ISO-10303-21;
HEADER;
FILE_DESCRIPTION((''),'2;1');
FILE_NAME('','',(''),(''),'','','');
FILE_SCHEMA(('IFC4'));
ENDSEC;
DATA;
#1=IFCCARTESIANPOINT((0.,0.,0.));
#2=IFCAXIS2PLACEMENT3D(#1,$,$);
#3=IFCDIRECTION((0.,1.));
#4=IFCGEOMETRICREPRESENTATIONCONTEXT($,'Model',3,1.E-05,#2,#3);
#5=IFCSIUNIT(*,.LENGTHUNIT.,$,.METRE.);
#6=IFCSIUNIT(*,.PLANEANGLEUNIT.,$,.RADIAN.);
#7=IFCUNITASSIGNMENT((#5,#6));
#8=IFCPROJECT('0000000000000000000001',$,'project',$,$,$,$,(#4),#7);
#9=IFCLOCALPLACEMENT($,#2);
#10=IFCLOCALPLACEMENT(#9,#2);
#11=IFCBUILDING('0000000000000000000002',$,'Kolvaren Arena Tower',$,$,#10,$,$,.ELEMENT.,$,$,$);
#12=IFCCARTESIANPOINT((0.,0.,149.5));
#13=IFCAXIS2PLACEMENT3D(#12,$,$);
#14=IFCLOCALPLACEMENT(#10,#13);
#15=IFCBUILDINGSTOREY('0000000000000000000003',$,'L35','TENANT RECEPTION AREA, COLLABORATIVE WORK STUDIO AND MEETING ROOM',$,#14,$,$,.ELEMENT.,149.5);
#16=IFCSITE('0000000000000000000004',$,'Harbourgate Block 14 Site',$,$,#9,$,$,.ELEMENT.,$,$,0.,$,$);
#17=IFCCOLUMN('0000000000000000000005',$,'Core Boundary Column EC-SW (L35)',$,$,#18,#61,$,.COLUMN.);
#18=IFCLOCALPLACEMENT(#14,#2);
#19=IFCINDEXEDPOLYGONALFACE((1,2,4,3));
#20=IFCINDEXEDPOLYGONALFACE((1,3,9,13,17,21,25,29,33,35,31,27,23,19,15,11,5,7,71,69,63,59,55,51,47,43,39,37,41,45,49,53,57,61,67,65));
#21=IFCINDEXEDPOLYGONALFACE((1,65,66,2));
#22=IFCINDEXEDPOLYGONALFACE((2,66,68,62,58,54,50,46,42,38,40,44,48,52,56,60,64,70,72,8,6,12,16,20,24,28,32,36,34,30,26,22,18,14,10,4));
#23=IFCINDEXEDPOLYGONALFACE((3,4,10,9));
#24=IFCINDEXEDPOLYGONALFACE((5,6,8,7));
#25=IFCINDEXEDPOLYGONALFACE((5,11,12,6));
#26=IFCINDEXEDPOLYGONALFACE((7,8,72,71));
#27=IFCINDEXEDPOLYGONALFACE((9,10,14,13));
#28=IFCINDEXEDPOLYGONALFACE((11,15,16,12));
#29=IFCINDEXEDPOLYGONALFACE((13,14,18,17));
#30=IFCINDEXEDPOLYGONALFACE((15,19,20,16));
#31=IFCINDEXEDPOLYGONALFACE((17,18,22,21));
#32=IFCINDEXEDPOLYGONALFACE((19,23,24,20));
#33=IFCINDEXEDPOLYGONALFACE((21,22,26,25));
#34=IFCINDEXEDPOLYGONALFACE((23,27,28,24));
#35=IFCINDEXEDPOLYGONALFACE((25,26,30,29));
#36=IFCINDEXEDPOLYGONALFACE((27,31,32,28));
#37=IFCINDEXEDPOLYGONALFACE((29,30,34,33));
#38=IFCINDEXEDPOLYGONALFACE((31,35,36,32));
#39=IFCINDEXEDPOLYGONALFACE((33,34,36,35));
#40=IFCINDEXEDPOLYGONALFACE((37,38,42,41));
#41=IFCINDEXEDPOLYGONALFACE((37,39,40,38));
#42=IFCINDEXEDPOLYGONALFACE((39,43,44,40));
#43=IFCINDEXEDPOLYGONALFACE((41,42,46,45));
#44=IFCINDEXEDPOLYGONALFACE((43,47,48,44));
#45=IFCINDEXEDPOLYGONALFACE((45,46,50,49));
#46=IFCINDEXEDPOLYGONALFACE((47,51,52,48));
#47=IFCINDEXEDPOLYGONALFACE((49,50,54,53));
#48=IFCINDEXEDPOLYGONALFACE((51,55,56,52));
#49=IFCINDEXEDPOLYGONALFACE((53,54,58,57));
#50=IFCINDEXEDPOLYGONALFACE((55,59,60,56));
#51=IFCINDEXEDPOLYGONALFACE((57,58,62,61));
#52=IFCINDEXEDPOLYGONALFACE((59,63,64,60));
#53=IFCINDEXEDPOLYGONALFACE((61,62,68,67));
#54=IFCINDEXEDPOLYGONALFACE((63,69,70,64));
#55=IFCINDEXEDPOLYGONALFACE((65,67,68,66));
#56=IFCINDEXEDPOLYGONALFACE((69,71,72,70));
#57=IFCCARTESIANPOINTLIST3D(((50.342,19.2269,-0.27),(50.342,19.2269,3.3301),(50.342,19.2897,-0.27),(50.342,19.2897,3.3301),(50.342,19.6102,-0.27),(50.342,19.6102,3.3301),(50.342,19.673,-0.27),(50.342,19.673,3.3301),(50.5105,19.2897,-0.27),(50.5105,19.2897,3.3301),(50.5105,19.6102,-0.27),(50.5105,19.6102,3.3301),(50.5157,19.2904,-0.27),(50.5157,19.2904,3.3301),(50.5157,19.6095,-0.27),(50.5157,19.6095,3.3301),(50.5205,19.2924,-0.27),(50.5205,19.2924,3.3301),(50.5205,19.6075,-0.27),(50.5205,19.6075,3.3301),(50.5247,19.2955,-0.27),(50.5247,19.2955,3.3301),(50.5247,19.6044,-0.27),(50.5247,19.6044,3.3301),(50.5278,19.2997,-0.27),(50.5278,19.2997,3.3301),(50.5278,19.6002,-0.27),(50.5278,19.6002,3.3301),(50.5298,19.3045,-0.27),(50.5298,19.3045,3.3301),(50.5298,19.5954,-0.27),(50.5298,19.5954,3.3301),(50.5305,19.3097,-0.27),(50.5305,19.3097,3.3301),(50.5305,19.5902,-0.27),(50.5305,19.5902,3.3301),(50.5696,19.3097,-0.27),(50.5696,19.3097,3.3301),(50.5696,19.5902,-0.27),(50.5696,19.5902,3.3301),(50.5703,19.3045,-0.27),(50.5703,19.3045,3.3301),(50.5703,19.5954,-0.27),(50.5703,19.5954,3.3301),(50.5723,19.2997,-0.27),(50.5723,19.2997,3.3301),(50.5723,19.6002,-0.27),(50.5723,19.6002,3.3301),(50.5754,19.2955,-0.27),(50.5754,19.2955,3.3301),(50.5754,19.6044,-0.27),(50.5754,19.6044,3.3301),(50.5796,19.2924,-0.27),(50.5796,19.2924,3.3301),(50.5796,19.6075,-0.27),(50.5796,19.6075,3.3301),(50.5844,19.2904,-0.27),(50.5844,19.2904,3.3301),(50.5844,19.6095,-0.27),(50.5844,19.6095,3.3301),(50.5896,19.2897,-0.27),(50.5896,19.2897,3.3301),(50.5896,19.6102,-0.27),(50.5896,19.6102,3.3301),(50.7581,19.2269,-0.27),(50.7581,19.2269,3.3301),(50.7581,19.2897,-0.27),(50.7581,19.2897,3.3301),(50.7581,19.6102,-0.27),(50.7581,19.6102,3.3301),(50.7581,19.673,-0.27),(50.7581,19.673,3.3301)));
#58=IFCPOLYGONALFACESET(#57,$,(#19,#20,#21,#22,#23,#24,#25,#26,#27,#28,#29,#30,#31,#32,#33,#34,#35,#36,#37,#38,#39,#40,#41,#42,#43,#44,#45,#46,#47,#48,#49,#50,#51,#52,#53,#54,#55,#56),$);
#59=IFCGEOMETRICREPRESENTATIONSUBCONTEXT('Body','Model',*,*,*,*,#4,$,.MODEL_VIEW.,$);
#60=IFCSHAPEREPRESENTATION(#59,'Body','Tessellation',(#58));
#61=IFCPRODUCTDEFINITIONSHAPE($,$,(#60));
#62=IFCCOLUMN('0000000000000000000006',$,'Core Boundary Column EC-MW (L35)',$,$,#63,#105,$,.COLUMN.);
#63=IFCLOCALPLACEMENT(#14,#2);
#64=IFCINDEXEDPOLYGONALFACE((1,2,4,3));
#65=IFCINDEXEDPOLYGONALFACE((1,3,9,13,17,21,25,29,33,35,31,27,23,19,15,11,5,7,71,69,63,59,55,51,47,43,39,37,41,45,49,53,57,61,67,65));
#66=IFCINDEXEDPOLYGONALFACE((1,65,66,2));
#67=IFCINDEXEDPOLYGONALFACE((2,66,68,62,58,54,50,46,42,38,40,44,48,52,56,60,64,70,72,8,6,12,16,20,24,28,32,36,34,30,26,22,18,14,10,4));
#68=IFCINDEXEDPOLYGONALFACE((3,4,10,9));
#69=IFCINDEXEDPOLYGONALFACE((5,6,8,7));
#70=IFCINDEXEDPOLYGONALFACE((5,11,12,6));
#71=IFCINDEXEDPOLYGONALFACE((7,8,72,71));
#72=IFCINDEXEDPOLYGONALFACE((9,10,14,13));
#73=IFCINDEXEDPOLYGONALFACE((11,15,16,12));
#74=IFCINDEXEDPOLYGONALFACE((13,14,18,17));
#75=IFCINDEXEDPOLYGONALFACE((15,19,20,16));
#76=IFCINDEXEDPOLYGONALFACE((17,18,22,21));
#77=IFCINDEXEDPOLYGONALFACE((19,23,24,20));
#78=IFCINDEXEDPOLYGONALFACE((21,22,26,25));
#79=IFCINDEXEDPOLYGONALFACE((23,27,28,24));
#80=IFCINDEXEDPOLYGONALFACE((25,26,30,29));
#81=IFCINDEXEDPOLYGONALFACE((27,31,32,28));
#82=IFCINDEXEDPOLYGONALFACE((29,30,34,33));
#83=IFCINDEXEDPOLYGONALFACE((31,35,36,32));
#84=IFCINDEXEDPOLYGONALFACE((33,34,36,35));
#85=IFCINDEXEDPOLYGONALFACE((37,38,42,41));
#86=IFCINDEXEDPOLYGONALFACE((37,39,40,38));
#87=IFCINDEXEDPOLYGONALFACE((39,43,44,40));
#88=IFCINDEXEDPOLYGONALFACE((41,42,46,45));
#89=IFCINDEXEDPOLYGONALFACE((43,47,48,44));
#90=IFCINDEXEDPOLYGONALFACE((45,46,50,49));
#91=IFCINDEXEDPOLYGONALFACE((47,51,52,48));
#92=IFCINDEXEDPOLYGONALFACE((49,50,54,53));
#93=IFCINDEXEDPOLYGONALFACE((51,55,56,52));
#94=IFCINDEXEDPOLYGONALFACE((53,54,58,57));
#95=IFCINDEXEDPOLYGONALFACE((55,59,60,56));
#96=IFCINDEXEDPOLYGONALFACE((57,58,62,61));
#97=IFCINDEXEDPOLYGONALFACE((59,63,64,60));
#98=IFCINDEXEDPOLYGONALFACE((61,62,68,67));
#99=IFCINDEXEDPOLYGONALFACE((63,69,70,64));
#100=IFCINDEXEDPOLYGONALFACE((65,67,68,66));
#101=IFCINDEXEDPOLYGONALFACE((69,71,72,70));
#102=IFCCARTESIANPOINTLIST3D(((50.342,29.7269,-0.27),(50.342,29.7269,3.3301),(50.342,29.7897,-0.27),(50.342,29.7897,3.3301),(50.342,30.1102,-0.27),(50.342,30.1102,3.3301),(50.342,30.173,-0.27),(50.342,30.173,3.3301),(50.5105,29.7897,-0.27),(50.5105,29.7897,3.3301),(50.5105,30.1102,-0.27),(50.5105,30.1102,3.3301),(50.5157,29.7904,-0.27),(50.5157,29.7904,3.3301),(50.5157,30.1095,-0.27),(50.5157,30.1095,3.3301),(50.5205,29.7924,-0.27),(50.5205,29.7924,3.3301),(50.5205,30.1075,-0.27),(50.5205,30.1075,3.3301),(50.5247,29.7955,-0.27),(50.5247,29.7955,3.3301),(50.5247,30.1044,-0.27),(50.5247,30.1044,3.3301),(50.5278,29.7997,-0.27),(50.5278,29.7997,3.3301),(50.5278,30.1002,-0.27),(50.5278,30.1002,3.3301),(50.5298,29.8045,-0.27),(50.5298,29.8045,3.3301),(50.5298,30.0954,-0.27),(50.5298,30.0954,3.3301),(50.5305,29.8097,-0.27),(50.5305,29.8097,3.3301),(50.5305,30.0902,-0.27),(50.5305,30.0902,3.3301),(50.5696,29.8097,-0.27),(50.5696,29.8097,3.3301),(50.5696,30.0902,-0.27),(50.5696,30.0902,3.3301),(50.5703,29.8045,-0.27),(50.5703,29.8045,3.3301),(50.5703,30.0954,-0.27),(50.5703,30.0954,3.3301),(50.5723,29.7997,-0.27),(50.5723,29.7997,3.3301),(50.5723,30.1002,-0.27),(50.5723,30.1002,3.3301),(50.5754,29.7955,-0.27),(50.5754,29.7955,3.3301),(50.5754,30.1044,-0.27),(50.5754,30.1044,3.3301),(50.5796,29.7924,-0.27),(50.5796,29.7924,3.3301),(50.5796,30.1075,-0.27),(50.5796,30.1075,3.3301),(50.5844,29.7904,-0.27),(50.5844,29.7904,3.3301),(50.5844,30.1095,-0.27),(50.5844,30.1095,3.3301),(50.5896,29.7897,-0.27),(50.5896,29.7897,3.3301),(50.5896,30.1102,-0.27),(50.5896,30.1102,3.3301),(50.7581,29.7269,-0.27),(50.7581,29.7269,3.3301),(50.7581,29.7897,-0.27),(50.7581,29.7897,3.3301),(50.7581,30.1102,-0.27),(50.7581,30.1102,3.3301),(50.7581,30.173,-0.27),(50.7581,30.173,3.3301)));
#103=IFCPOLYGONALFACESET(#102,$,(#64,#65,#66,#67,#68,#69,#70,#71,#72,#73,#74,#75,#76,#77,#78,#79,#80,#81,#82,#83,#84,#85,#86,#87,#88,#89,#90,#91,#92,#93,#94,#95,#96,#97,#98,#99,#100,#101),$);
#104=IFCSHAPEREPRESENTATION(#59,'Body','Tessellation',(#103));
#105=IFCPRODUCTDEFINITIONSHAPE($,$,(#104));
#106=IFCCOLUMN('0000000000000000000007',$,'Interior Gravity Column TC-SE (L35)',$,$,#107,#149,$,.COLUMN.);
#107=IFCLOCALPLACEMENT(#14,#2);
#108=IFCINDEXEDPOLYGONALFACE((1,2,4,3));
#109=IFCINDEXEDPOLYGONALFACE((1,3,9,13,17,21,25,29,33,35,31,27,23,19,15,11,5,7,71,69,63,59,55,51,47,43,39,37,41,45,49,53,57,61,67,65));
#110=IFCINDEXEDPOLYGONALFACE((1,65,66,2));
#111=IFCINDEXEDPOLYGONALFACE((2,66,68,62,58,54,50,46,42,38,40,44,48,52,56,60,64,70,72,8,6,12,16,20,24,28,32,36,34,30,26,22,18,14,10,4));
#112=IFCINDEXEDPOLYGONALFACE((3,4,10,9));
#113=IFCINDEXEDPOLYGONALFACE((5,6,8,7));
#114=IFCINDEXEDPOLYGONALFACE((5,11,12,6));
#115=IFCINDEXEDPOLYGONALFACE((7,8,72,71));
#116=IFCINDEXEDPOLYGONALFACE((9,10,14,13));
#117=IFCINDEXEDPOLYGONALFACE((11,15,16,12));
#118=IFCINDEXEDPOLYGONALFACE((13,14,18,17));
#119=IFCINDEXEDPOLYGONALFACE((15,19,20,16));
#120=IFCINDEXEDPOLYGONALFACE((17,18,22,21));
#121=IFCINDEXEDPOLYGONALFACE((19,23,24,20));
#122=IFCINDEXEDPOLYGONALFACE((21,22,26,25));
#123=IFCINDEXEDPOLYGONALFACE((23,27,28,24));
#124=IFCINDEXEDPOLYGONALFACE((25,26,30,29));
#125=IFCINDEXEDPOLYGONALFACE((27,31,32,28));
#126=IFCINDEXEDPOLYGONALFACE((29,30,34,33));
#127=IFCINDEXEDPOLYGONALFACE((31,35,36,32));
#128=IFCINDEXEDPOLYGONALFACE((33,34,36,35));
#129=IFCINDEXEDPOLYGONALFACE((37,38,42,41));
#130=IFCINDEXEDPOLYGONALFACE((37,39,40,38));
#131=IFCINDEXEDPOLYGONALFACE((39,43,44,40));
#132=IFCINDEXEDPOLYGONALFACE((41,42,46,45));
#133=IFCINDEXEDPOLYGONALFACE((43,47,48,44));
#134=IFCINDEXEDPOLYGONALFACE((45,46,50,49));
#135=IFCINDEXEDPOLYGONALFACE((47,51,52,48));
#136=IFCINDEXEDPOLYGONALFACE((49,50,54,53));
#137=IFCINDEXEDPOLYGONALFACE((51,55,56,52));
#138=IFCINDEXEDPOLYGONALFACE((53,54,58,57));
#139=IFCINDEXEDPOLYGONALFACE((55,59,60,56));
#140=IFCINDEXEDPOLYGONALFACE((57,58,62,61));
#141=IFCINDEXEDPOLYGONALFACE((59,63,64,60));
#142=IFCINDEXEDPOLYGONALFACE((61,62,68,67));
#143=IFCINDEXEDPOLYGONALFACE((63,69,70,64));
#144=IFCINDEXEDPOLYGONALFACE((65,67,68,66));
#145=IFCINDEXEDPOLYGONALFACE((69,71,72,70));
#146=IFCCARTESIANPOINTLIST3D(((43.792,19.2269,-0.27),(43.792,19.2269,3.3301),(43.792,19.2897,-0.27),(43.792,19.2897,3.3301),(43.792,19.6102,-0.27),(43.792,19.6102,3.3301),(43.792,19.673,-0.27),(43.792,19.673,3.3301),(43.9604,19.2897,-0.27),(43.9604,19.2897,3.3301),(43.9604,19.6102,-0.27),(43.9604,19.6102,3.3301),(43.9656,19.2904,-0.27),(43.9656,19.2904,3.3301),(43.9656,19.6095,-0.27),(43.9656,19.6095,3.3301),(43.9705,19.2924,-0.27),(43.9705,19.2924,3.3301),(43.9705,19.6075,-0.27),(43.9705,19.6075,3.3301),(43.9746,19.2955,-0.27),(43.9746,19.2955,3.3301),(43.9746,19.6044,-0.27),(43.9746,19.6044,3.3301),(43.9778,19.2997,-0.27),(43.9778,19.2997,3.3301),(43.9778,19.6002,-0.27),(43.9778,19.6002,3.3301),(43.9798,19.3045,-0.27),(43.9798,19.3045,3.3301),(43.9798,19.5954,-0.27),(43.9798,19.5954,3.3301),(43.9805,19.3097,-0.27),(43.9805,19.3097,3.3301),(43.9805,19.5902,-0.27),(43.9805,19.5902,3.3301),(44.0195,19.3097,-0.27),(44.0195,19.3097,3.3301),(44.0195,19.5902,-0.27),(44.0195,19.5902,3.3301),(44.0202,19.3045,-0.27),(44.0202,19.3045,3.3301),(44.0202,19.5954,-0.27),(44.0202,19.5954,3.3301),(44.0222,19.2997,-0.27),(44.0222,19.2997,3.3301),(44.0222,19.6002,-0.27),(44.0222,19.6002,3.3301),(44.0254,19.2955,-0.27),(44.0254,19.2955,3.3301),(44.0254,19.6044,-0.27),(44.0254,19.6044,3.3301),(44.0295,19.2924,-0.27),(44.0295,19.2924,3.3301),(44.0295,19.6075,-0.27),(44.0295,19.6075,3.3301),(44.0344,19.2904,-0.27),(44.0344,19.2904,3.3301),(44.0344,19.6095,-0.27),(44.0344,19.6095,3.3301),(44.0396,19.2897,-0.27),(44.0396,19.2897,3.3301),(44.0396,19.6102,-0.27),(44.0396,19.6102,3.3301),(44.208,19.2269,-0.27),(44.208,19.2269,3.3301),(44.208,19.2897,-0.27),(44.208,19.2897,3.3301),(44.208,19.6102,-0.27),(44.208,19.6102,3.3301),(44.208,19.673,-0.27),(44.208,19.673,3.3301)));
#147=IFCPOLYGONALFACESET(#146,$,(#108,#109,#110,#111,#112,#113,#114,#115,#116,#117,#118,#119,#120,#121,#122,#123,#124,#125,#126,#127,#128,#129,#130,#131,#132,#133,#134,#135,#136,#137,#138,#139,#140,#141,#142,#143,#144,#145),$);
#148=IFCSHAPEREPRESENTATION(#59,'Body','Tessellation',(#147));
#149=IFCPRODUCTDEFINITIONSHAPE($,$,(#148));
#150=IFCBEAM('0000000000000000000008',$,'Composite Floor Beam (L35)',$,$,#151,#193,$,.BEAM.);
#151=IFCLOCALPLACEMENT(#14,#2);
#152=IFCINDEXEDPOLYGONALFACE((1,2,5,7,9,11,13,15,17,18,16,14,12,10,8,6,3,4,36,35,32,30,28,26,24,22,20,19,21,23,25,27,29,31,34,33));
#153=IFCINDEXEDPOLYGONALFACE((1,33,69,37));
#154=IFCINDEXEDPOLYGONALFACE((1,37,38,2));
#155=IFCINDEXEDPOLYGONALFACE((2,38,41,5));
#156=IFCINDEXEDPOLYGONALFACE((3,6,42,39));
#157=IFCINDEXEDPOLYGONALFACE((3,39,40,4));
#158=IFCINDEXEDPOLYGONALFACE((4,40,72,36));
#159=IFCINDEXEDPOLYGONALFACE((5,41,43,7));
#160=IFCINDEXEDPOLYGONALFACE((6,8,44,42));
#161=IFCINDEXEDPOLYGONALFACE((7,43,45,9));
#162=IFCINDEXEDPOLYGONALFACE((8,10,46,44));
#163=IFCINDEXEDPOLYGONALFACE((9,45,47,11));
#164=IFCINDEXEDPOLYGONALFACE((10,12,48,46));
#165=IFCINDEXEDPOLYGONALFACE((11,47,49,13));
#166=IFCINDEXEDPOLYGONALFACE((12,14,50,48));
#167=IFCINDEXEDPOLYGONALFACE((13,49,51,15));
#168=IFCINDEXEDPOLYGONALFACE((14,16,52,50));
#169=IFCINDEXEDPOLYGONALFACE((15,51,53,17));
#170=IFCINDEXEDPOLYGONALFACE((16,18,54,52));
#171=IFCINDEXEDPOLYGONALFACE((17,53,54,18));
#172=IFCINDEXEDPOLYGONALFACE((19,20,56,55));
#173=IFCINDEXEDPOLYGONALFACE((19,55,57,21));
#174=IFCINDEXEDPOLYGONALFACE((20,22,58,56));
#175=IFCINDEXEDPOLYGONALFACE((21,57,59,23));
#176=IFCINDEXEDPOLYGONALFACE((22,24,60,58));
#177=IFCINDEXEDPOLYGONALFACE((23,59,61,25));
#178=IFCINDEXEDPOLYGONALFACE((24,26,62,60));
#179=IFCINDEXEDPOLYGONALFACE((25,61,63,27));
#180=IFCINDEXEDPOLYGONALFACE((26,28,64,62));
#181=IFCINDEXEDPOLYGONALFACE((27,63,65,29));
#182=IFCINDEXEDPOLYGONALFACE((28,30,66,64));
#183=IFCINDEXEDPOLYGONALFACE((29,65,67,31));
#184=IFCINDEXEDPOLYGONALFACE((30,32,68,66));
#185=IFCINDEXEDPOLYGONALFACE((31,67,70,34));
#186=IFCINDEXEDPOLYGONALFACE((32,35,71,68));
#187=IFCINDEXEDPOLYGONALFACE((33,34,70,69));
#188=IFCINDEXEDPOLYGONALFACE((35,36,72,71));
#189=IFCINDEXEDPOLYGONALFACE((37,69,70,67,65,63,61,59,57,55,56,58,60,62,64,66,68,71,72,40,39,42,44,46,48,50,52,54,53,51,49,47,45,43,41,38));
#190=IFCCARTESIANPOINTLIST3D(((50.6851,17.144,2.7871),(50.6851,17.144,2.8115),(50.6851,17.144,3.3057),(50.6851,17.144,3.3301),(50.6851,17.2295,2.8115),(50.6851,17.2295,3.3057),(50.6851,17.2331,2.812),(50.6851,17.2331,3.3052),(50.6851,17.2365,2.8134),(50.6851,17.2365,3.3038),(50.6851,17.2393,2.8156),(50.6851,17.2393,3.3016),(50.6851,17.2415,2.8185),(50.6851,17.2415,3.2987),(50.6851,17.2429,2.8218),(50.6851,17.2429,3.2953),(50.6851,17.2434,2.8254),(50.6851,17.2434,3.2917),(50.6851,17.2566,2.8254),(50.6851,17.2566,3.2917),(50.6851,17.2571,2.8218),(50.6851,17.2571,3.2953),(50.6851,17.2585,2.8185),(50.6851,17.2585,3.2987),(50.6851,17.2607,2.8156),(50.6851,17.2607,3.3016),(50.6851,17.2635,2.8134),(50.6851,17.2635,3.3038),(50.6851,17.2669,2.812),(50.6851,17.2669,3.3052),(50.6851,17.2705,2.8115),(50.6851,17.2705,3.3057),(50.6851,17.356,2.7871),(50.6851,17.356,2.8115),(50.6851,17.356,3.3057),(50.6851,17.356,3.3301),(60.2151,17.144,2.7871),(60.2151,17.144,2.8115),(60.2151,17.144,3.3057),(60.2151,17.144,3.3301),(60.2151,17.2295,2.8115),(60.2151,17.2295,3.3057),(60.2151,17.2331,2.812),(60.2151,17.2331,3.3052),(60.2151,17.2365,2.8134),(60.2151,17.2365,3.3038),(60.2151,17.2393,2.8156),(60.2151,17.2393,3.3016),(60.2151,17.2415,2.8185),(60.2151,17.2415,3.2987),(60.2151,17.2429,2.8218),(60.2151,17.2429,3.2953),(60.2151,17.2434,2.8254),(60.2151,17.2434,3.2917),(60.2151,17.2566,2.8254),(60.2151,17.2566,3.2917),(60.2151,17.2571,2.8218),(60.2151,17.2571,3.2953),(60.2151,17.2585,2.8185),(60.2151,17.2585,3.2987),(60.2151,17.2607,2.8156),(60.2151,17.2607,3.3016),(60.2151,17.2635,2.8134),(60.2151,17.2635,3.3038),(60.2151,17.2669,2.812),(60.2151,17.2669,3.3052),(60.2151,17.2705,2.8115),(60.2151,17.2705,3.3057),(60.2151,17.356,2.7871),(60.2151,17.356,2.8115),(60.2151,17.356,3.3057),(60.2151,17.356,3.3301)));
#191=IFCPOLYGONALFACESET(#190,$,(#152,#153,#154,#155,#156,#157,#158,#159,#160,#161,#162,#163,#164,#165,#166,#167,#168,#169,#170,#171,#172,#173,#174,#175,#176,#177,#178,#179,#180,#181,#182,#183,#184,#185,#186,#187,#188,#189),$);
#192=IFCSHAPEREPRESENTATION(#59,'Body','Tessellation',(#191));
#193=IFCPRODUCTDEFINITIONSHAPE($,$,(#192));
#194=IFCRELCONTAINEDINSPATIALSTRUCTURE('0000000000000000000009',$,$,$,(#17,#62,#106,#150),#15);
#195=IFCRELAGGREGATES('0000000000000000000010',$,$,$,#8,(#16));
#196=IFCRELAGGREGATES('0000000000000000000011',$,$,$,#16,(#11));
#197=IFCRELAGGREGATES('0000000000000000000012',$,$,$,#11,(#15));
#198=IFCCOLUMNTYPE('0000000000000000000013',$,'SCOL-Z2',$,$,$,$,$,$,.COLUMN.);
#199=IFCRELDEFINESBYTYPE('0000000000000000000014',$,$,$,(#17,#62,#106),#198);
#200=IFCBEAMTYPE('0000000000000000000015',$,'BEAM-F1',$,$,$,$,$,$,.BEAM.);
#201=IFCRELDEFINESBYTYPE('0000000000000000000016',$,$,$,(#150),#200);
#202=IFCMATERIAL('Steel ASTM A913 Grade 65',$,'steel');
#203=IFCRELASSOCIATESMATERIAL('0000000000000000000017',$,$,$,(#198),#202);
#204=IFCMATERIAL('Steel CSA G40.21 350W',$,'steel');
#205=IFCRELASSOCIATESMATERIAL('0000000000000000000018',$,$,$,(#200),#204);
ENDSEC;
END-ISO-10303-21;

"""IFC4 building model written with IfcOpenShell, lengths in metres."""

from ifc_helpers import new_model, si_unit, direction, frame, origin, origin_2d, place, context, subcontext, project, spatial, i_section, extrude, material, material_profile, profile_set, type_object, element, save


model = new_model("IFC4")

# Units and contexts
model_context = context("Model", 3, precision=1e-05, world=origin(), true_north=direction((0.0, 1.0)))
body_context = subcontext(model_context, "Body", "Model", "MODEL_VIEW")
ifc_project = project(units=[si_unit("LENGTHUNIT", "METRE"), si_unit("PLANEANGLEUNIT", "RADIAN")], contexts=[model_context])

# Site, building, storey
site_placement = place(None, origin())
site = spatial("IfcSite", under=ifc_project, at=site_placement, Name="Harbourgate Block 14 Site", CompositionType="ELEMENT", RefElevation=0.0)
building_placement = place(site_placement, origin())
building = spatial("IfcBuilding", under=site, at=building_placement, Name="Kolvaren Arena Tower", CompositionType="ELEMENT")
storey_placement = place(building_placement, frame((0.0, 0.0, 149.5)))
storey = spatial("IfcBuildingStorey", under=building, at=storey_placement, Name="L35", Description="TENANT RECEPTION AREA, COLLABORATIVE WORK STUDIO AND MEETING ROOM", CompositionType="ELEMENT", Elevation=149.5)

# Columns
ifc_material_1 = material(Name="Steel ASTM A913 Grade 65", Category="steel")
ifc_material_profile_1 = material_profile(ifc_material_1, i_section(OverallWidth=0.416, OverallDepth=0.446, WebThickness=0.0391, FlangeThickness=0.0627, FilletRadius=0.02, at=origin_2d()), Name="W360x509")
ifc_profile_set_1 = profile_set([ifc_material_profile_1], Name="Steel ASTM A913 Grade 65")
column_type = type_object("IfcColumnType", Name="SCOL-Z2", PredefinedType="COLUMN", material=ifc_profile_set_1)
for number, where, z_axis, x_axis, name in (
    (1, (50.55, 19.45, -0.27), (0.0, 0.0, 1.0), (1.0, 0.0, 0.0), "Core Boundary Column EC-SW (L35)"),
    (2, (50.55, 29.95, -0.27), (0.0, 0.0, 1.0), (1.0, 0.0, 0.0), "Core Boundary Column EC-MW (L35)"),
    (3, (44.0, 19.45, -0.27), (0.0, 0.0, 1.0), (1.0, 0.0, 0.0), "Interior Gravity Column TC-SE (L35)"),
):
    element("IfcColumn", number, at=place(storey_placement, frame(where, z_axis=z_axis, x_axis=x_axis)), inside=storey, type_object=column_type, Name=name, PredefinedType="COLUMN", context=body_context, shape_type="SweptSolid", body=[
        extrude(i_section(OverallWidth=0.416, OverallDepth=0.446, WebThickness=0.0391, FlangeThickness=0.0627, FilletRadius=0.02, at=origin_2d()), origin(), (0.0, 0.0, 1.0), 3.6001),
    ])

# Beam
ifc_material_2 = material(Name="Steel CSA G40.21 350W", Category="steel")
ifc_material_profile_2 = material_profile(ifc_material_2, i_section(OverallWidth=0.2119, OverallDepth=0.543, WebThickness=0.0132, FlangeThickness=0.0244, FilletRadius=0.0139, at=origin_2d()), Name="W530x150")
ifc_profile_set_2 = profile_set([ifc_material_profile_2], Name="Steel CSA G40.21 350W")
beam_type_1 = type_object("IfcBeamType", Name="BEAM-F1", PredefinedType="BEAM", material=ifc_profile_set_2)
beam_1_placement = place(storey_placement, frame((50.6851, 17.25, 3.0586), z_axis=(1.0, 0.0, 0.0), x_axis=(0.0, 1.0, 0.0)))
element("IfcBeam", 4, at=beam_1_placement, inside=storey, type_object=beam_type_1, Name="Composite Floor Beam (L35)", PredefinedType="BEAM", context=body_context, shape_type="SweptSolid", body=[
    extrude(i_section(OverallWidth=0.2119, OverallDepth=0.543, WebThickness=0.0132, FlangeThickness=0.0244, FilletRadius=0.0139, at=origin_2d()), origin(), (0.0, 0.0, 1.0), 9.53),
])

save(model, "model.ifc")
